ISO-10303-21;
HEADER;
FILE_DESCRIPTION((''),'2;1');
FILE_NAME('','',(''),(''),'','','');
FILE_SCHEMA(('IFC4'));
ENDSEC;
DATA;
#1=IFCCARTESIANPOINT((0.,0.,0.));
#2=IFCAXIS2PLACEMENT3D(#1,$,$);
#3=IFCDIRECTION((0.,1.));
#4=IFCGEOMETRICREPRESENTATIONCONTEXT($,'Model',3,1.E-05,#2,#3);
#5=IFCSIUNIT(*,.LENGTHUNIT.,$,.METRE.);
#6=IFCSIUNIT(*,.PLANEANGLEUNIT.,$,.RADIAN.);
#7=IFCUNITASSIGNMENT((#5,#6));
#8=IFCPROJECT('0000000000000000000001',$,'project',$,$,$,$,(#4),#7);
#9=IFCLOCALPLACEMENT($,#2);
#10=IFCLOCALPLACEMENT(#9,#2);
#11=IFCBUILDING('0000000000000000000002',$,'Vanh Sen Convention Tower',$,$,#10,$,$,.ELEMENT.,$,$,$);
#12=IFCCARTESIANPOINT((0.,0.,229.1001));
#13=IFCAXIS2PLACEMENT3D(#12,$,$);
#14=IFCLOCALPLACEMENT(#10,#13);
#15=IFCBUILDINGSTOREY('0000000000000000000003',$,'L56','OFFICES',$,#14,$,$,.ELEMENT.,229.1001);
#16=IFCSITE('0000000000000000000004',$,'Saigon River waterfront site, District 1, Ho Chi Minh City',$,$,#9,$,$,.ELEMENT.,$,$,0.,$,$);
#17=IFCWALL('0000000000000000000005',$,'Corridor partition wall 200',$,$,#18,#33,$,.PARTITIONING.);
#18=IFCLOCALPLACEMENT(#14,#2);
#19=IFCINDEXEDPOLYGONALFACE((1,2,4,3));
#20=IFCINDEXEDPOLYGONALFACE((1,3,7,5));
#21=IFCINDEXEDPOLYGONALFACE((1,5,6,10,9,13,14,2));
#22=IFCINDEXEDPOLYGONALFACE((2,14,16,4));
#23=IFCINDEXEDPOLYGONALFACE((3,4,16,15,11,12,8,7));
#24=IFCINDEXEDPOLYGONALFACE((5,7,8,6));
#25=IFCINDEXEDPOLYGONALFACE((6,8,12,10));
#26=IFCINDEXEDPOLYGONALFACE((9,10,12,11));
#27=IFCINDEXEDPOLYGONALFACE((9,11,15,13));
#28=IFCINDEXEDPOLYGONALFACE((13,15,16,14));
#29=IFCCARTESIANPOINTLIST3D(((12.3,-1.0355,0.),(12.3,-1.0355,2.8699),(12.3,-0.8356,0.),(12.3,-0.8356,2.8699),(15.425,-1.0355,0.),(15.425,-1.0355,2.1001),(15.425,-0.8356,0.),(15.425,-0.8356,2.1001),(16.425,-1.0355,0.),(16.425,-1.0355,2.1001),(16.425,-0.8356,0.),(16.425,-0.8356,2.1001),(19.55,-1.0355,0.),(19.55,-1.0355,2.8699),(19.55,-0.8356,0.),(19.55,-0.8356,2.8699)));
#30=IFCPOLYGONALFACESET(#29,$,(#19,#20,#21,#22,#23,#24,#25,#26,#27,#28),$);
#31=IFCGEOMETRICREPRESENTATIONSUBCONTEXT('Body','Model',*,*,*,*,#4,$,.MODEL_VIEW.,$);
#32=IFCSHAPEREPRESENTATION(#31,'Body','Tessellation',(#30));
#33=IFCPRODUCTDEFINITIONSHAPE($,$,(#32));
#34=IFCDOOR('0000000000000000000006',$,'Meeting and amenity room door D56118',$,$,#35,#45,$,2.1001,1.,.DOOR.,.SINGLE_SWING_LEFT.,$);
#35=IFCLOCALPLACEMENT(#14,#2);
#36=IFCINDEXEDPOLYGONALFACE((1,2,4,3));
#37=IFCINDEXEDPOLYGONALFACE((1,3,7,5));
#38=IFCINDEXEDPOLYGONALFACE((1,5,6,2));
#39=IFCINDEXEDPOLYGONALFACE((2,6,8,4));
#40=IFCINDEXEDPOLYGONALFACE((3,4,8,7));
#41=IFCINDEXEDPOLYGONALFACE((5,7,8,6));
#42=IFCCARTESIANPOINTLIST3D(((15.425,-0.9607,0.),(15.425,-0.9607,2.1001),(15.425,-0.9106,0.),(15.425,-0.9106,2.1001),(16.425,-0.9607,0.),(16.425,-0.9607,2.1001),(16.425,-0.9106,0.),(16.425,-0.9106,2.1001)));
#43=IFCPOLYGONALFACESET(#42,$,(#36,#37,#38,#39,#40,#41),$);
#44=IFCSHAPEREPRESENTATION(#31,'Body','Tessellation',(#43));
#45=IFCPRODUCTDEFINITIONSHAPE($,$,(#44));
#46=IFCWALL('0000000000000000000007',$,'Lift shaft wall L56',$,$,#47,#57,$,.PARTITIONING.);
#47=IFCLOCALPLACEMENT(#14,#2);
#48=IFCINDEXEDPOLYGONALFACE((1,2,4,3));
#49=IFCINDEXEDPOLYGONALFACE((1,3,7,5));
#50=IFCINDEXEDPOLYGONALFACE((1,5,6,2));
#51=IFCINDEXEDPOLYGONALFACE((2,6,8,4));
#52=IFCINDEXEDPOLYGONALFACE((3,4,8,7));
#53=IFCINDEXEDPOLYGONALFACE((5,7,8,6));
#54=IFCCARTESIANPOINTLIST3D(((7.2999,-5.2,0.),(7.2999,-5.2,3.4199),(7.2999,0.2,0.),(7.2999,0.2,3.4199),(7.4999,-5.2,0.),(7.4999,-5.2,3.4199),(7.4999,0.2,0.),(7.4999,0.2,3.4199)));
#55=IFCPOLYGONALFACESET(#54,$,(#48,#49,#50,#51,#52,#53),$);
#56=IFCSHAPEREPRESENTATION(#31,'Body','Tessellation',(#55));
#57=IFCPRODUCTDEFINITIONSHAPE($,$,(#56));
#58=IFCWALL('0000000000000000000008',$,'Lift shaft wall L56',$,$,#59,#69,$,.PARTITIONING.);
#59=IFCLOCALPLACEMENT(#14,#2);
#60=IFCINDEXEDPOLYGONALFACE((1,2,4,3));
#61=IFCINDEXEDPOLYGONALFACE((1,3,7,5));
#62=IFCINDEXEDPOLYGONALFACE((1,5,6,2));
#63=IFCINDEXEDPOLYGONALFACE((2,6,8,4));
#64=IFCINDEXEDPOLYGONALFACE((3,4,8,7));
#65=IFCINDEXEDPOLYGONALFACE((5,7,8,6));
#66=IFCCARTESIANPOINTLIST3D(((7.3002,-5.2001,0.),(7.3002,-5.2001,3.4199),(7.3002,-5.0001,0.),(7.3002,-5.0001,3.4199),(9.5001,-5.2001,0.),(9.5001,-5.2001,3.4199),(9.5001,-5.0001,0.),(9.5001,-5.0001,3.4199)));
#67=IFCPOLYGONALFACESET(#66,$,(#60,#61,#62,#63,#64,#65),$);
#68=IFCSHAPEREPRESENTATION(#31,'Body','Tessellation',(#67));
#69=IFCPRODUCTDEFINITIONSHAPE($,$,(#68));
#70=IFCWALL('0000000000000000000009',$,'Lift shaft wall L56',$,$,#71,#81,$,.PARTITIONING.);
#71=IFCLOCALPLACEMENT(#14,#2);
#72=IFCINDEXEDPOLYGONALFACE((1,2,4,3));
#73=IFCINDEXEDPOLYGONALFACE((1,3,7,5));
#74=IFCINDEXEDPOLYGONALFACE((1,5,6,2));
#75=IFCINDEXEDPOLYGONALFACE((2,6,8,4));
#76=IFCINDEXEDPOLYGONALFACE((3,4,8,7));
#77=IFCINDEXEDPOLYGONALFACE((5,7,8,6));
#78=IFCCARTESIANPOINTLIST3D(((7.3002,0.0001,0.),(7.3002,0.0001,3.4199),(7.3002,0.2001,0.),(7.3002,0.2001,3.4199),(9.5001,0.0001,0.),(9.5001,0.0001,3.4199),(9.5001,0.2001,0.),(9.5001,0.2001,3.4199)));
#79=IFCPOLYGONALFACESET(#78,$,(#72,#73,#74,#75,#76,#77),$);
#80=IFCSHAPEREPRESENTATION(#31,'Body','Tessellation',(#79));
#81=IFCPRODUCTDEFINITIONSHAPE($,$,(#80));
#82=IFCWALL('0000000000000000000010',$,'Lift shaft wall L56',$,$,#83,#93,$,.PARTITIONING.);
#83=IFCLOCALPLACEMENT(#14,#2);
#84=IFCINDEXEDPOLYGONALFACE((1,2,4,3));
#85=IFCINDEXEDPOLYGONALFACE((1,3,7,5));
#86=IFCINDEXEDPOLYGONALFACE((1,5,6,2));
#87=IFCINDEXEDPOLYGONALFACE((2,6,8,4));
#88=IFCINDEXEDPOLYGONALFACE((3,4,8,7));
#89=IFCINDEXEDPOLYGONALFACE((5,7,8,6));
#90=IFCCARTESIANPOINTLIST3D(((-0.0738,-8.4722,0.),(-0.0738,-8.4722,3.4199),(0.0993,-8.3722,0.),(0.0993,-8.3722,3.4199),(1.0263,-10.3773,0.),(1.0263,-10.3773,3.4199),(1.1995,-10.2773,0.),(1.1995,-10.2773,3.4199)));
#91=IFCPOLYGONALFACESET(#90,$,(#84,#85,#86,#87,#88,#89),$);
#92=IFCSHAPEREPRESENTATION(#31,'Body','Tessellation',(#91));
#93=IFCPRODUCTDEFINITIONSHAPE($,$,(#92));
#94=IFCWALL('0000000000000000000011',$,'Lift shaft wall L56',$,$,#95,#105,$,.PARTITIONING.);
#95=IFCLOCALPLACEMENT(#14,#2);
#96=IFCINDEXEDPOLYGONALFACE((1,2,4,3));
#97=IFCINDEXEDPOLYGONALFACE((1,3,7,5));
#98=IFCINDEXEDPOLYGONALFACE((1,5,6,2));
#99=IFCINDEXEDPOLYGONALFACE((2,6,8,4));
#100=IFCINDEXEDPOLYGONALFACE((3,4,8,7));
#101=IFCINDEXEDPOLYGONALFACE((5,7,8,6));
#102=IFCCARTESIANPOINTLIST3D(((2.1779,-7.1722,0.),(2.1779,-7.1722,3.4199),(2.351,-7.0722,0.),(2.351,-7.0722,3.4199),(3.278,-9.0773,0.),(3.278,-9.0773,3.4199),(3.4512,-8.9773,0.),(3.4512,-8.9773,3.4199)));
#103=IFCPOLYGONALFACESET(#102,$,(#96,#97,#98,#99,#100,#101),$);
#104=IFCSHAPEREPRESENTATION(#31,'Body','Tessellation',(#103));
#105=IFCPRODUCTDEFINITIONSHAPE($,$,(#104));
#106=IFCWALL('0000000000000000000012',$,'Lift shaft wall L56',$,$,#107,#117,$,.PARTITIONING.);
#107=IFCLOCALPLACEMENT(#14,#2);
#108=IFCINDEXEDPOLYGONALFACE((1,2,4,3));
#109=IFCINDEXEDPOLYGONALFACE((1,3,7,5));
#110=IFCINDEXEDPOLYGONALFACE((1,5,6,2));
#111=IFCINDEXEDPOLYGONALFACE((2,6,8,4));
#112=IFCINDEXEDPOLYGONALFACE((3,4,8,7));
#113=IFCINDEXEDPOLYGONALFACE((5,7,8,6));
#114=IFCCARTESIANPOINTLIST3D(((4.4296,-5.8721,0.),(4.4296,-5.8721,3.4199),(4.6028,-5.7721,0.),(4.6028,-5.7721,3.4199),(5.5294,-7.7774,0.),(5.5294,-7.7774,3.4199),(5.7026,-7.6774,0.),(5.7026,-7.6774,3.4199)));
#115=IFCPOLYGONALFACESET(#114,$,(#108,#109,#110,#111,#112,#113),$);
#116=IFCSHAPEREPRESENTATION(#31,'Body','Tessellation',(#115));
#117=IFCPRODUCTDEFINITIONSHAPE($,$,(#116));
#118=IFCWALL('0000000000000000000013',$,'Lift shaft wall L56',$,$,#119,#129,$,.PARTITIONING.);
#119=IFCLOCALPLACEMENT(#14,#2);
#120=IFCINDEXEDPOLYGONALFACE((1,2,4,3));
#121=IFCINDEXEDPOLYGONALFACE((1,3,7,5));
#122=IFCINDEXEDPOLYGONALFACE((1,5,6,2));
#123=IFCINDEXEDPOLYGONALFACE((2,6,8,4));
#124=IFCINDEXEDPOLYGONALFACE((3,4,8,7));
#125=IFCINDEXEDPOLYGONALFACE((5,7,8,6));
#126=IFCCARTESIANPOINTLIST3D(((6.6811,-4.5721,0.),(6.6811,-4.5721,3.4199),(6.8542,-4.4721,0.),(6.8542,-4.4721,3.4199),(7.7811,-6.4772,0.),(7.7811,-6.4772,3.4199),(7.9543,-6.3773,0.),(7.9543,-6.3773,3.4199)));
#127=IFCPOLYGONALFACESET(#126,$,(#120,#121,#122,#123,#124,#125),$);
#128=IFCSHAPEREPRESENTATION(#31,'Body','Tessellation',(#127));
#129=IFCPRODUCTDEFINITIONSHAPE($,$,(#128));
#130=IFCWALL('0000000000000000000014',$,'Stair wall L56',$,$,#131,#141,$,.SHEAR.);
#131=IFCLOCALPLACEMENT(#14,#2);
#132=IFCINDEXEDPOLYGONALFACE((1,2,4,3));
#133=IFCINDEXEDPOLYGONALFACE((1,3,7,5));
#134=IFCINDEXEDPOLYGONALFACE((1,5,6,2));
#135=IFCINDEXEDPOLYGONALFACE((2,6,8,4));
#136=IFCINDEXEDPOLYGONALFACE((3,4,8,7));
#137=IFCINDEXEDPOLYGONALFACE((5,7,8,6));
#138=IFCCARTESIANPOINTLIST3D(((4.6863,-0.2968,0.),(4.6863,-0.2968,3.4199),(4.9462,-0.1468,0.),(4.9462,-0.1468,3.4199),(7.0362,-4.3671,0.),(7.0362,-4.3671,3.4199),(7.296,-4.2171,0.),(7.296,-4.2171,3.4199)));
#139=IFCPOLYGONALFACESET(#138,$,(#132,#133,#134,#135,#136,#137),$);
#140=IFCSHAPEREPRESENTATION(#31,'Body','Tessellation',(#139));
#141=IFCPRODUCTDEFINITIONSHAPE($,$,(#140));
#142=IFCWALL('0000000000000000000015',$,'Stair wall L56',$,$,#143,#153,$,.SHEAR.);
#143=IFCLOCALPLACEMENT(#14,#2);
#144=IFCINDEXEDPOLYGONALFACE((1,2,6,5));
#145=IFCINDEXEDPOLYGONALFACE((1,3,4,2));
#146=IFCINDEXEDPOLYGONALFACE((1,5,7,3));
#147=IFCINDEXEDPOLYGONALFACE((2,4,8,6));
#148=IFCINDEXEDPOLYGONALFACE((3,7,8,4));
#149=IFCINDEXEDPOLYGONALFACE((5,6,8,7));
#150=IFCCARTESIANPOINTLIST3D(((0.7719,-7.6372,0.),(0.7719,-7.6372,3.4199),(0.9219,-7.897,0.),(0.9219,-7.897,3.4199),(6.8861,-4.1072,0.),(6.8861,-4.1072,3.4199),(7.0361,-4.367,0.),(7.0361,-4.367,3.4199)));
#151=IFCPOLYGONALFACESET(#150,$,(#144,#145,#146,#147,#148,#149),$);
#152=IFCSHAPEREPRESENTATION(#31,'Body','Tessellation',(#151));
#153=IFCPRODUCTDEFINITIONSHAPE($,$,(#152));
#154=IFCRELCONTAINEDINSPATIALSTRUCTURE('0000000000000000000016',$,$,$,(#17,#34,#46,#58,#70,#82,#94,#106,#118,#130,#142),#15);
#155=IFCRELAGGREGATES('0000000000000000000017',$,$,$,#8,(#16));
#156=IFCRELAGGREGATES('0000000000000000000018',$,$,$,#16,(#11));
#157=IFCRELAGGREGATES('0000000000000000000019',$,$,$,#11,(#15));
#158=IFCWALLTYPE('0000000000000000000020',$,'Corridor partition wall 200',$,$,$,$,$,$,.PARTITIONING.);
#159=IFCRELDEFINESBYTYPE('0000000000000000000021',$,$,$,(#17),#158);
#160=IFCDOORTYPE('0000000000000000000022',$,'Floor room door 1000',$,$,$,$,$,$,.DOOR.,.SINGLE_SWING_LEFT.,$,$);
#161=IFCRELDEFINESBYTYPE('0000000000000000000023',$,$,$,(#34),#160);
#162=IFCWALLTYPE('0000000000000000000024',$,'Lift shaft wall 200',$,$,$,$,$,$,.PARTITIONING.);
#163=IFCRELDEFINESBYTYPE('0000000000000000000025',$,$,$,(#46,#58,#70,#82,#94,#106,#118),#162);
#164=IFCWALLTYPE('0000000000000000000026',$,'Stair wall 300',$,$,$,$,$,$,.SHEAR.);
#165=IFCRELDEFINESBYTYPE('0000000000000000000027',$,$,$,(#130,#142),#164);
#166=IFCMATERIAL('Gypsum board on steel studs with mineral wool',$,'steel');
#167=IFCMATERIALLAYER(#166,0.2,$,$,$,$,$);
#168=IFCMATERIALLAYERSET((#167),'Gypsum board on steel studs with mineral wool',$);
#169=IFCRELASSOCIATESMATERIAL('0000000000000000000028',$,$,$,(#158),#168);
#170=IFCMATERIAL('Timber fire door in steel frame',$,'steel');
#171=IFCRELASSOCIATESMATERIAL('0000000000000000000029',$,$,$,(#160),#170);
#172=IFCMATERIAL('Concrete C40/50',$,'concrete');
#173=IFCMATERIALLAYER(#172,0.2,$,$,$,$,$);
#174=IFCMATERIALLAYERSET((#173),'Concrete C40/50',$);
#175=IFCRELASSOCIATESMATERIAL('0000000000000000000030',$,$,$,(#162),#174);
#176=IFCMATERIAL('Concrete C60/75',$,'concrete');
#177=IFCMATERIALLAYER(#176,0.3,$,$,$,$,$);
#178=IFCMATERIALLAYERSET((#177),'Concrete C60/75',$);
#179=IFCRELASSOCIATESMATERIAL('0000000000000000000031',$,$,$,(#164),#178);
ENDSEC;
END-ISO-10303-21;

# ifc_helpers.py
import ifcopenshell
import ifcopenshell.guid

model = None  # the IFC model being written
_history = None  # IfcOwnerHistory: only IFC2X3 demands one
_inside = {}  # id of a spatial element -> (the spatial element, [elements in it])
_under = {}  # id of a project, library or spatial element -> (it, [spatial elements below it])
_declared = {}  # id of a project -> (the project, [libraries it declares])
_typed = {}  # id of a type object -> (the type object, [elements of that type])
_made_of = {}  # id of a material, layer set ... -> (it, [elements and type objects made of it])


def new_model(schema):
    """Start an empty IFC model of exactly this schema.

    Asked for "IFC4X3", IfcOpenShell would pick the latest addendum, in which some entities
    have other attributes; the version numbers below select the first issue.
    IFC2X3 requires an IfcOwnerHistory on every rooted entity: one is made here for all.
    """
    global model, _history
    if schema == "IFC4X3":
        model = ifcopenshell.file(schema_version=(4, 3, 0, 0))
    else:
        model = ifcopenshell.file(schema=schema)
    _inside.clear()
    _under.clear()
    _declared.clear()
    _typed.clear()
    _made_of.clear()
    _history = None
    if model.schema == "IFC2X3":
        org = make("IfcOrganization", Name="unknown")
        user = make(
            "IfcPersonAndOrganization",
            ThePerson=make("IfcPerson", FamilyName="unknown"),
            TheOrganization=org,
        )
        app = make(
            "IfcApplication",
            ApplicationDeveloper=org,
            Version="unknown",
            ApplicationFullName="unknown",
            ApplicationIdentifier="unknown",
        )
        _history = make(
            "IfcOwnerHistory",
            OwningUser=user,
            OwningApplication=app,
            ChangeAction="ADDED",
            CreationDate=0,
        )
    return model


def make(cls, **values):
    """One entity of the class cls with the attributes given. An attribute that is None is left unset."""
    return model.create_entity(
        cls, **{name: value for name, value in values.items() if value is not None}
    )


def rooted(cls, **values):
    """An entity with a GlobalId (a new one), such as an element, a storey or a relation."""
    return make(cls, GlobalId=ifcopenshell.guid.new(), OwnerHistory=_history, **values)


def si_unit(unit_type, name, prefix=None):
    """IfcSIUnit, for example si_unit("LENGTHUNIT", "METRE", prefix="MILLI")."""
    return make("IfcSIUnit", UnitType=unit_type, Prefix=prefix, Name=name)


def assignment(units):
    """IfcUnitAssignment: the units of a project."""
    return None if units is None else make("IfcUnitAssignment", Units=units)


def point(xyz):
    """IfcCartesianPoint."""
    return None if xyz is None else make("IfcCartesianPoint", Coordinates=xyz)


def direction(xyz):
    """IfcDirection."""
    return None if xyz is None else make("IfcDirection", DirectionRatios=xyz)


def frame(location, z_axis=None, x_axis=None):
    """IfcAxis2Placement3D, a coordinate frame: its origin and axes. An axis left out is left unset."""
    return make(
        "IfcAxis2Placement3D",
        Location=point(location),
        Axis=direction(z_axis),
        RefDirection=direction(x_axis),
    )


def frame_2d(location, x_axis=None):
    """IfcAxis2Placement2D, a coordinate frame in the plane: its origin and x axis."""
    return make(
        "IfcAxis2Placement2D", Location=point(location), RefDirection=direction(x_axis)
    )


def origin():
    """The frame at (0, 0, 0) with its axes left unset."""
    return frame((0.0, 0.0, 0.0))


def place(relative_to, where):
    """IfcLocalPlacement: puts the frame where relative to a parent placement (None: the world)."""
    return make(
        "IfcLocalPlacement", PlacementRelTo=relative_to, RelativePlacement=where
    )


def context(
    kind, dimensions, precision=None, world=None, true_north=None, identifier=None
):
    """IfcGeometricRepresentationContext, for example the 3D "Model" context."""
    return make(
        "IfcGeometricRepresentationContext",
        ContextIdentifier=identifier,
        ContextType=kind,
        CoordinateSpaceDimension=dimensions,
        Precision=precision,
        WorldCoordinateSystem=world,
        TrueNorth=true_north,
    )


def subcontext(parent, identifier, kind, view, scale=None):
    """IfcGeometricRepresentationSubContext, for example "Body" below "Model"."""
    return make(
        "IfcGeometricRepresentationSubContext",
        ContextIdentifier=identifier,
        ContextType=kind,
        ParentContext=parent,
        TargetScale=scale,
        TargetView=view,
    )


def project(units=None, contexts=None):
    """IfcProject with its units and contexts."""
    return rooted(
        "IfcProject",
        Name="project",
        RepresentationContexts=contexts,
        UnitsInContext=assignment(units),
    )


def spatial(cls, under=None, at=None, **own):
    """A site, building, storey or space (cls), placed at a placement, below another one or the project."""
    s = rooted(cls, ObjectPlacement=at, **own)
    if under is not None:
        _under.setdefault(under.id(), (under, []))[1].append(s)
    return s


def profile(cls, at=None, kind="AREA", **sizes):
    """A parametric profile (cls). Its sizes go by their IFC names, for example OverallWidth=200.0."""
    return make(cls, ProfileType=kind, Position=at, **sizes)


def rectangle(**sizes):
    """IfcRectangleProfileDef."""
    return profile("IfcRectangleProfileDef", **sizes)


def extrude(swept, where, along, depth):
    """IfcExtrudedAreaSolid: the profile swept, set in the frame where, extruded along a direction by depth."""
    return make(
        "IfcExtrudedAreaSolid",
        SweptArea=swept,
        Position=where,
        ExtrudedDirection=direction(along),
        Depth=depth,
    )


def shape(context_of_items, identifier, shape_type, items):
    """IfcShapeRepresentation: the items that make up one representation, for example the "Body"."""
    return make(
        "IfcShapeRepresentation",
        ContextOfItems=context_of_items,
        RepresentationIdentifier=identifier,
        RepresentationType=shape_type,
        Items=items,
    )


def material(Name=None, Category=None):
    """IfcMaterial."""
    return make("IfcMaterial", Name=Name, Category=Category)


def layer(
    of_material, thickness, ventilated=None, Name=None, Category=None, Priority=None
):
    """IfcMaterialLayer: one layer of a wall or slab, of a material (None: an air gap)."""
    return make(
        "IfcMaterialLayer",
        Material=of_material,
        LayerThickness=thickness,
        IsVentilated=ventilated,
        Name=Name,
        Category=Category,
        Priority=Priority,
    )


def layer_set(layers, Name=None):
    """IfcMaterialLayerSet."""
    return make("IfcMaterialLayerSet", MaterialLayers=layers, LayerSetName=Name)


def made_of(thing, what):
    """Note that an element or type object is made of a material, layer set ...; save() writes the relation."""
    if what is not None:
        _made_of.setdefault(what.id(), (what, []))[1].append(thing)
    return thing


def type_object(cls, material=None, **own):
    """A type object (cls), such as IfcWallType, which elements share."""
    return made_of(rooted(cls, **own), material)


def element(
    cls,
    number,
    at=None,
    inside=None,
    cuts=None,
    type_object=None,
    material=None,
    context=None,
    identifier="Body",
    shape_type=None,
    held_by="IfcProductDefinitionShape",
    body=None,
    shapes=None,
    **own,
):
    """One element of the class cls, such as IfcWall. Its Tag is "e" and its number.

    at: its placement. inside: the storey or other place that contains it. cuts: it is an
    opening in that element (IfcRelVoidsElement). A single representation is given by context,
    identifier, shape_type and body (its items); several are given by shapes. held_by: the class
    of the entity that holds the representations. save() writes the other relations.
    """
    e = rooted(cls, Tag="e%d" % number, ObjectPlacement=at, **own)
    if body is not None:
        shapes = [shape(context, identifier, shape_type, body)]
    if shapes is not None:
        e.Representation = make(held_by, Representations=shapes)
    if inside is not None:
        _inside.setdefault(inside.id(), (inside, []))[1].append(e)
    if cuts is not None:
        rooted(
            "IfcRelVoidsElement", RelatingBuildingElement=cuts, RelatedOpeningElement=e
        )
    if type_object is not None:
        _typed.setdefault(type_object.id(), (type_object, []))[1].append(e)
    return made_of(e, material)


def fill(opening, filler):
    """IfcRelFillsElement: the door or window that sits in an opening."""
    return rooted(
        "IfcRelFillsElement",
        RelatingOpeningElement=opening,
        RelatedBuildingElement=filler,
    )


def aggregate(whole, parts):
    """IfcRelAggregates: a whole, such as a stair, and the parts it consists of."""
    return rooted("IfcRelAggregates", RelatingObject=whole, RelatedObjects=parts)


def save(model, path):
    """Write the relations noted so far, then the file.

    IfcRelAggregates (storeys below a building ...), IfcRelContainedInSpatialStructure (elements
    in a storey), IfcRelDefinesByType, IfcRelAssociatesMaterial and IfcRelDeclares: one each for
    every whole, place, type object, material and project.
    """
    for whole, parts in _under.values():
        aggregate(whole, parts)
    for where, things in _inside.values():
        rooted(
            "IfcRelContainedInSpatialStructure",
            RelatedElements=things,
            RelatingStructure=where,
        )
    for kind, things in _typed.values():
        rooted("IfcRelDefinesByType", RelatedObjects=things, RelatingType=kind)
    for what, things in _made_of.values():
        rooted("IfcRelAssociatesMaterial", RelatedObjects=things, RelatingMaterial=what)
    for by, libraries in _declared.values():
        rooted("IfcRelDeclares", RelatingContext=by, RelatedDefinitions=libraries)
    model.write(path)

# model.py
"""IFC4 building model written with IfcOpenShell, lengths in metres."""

from ifc_helpers import new_model, si_unit, direction, frame, frame_2d, origin, place, context, subcontext, project, spatial, rectangle, extrude, material, layer, layer_set, type_object, element, fill, save


model = new_model("IFC4")

# Units and contexts
model_context = context("Model", 3, precision=1e-05, world=origin(), true_north=direction((0.0, 1.0)))
body_context = subcontext(model_context, "Body", "Model", "MODEL_VIEW")
ifc_project = project(units=[si_unit("LENGTHUNIT", "METRE"), si_unit("PLANEANGLEUNIT", "RADIAN")], contexts=[model_context])

# Site, building, storey
site_placement = place(None, origin())
site = spatial("IfcSite", under=ifc_project, at=site_placement, Name="Saigon River waterfront site, District 1, Ho Chi Minh City", CompositionType="ELEMENT", RefElevation=0.0)
building_placement = place(site_placement, origin())
building = spatial("IfcBuilding", under=site, at=building_placement, Name="Vanh Sen Convention Tower", CompositionType="ELEMENT")
storey_placement = place(building_placement, frame((0.0, 0.0, 229.1001)))
storey = spatial("IfcBuildingStorey", under=building, at=storey_placement, Name="L56", Description="OFFICES", CompositionType="ELEMENT", Elevation=229.1001)

# Shared definitions
ifc_material_1 = material(Name="Concrete C40/50", Category="concrete")

# Shared definitions
ifc_material_2 = material(Name="Concrete C60/75", Category="concrete")

# Shared definitions
ifc_material_3 = material(Name="Gypsum board on steel studs with mineral wool", Category="steel")
ifc_layer_1 = layer(ifc_material_3, 0.2)
ifc_layer_set_1 = layer_set([ifc_layer_1], Name="Gypsum board on steel studs with mineral wool")
wall_type_1 = type_object("IfcWallType", Name="Corridor partition wall 200", PredefinedType="PARTITIONING", material=ifc_layer_set_1)

# Wall, opening, door
wall_1_placement = place(storey_placement, frame((12.3, -0.9355, 0.0), z_axis=(0.0, 0.0, 1.0), x_axis=(1.0, 0.0, 0.0)))
wall_1 = element("IfcWall", 1, at=wall_1_placement, inside=storey, type_object=wall_type_1, Name="Corridor partition wall 200", PredefinedType="PARTITIONING", context=body_context, shape_type="SweptSolid", body=[
    extrude(rectangle(XDim=7.25, YDim=0.2, at=frame_2d((3.625, 0.0))), origin(), (0.0, 0.0, 1.0), 2.8699),
])
opening_1_placement = place(wall_1_placement, frame((3.125, 0.0, 0.0)))
opening_1 = element("IfcOpeningElement", 2, at=opening_1_placement, cuts=wall_1, PredefinedType="OPENING", context=body_context, shape_type="SweptSolid", body=[
    extrude(rectangle(XDim=1.0, YDim=2.1001, at=frame_2d((0.5, 1.05))), frame((0.0, 0.1099, 0.0), z_axis=(0.0, -1.0, 0.0), x_axis=(1.0, 0.0, 0.0)), (0.0, 0.0, 1.0), 0.22),
])
ifc_material_4 = material(Name="Timber fire door in steel frame", Category="steel")
door_type_1 = type_object("IfcDoorType", Name="Floor room door 1000", OperationType="SINGLE_SWING_LEFT", PredefinedType="DOOR", material=ifc_material_4)
door_1_placement = place(opening_1_placement, origin())
door_1 = element("IfcDoor", 3, at=door_1_placement, inside=storey, type_object=door_type_1, Name="Meeting and amenity room door D56118", OperationType="SINGLE_SWING_LEFT", OverallHeight=2.1001, OverallWidth=1.0, PredefinedType="DOOR", context=body_context, shape_type="SweptSolid", body=[
    extrude(rectangle(XDim=1.0, YDim=2.1001, at=frame_2d((0.5, 1.05))), frame((0.0, 0.0249, 0.0), z_axis=(0.0, -1.0, 0.0), x_axis=(1.0, 0.0, 0.0)), (0.0, 0.0, 1.0), 0.05),
])
fill(opening_1, door_1)

# Walls
ifc_layer_2 = layer(ifc_material_1, 0.2)
ifc_layer_set_2 = layer_set([ifc_layer_2], Name="Concrete C40/50")
wall_type_2 = type_object("IfcWallType", Name="Lift shaft wall 200", PredefinedType="PARTITIONING", material=ifc_layer_set_2)
wall_2_placement = place(storey_placement, frame((7.3999, -5.2, 0.0), z_axis=(0.0, 0.0, 1.0), x_axis=(0.0, 1.0, 0.0)))
element("IfcWall", 4, at=wall_2_placement, inside=storey, type_object=wall_type_2, Name="Lift shaft wall L56", PredefinedType="PARTITIONING", context=body_context, shape_type="SweptSolid", body=[
    extrude(rectangle(XDim=5.3999, YDim=0.2, at=frame_2d((2.7, 0.0))), origin(), (0.0, 0.0, 1.0), 3.4199),
])
for number, where, z_axis, x_axis, name in (
    (5, (7.3, -5.1001, 0.0), (0.0, 0.0, 1.0), (1.0, 0.0, 0.0), "Lift shaft wall L56"),
    (6, (7.3, 0.1001, 0.0), (0.0, 0.0, 1.0), (1.0, 0.0, 0.0), "Lift shaft wall L56"),
    (7, (0.0127, -8.4221, 0.0), (0.0, 0.0, 1.0), (0.500078, -0.86598, 0.0), "Lift shaft wall L56"),
    (8, (2.2644, -7.1221, 0.0), (0.0, 0.0, 1.0), (0.500078, -0.86598, 0.0), "Lift shaft wall L56"),
    (9, (4.5161, -5.822, 0.0), (0.0, 0.0, 1.0), (0.499947, -0.866056, 0.0), "Lift shaft wall L56"),
    (10, (6.7676, -4.522, 0.0), (0.0, 0.0, 1.0), (0.50003, -0.866008, 0.0), "Lift shaft wall L56"),
):
    element("IfcWall", number, at=place(storey_placement, frame(where, z_axis=z_axis, x_axis=x_axis)), inside=storey, type_object=wall_type_2, Name=name, PredefinedType="PARTITIONING", context=body_context, shape_type="SweptSolid", body=[
        extrude(rectangle(XDim=2.2, YDim=0.2, at=frame_2d((1.1001, 0.0))), origin(), (0.0, 0.0, 1.0), 3.4199),
    ])
ifc_layer_3 = layer(ifc_material_2, 0.3)
ifc_layer_set_3 = layer_set([ifc_layer_3], Name="Concrete C60/75")
wall_type_3 = type_object("IfcWallType", Name="Stair wall 300", PredefinedType="SHEAR", material=ifc_layer_set_3)
wall_3_placement = place(storey_placement, frame((4.8162, -0.2217, 0.0), z_axis=(0.0, 0.0, 1.0), x_axis=(0.499977, -0.866039, 0.0)))
element("IfcWall", 11, at=wall_3_placement, inside=storey, type_object=wall_type_3, Name="Stair wall L56", PredefinedType="SHEAR", context=body_context, shape_type="SweptSolid", body=[
    extrude(rectangle(XDim=4.7, YDim=0.3, at=frame_2d((2.3501, 0.0))), origin(), (0.0, 0.0, 1.0), 3.4199),
])
wall_4_placement = place(storey_placement, frame((0.8469, -7.7671, 0.0), z_axis=(0.0, 0.0, 1.0), x_axis=(0.866028, 0.499996, 0.0)))
element("IfcWall", 12, at=wall_4_placement, inside=storey, type_object=wall_type_3, Name="Stair wall L56", PredefinedType="SHEAR", context=body_context, shape_type="SweptSolid", body=[
    extrude(rectangle(XDim=7.0601, YDim=0.3, at=frame_2d((3.53, 0.0))), origin(), (0.0, 0.0, 1.0), 3.4199),
])

save(model, "model.ifc")
